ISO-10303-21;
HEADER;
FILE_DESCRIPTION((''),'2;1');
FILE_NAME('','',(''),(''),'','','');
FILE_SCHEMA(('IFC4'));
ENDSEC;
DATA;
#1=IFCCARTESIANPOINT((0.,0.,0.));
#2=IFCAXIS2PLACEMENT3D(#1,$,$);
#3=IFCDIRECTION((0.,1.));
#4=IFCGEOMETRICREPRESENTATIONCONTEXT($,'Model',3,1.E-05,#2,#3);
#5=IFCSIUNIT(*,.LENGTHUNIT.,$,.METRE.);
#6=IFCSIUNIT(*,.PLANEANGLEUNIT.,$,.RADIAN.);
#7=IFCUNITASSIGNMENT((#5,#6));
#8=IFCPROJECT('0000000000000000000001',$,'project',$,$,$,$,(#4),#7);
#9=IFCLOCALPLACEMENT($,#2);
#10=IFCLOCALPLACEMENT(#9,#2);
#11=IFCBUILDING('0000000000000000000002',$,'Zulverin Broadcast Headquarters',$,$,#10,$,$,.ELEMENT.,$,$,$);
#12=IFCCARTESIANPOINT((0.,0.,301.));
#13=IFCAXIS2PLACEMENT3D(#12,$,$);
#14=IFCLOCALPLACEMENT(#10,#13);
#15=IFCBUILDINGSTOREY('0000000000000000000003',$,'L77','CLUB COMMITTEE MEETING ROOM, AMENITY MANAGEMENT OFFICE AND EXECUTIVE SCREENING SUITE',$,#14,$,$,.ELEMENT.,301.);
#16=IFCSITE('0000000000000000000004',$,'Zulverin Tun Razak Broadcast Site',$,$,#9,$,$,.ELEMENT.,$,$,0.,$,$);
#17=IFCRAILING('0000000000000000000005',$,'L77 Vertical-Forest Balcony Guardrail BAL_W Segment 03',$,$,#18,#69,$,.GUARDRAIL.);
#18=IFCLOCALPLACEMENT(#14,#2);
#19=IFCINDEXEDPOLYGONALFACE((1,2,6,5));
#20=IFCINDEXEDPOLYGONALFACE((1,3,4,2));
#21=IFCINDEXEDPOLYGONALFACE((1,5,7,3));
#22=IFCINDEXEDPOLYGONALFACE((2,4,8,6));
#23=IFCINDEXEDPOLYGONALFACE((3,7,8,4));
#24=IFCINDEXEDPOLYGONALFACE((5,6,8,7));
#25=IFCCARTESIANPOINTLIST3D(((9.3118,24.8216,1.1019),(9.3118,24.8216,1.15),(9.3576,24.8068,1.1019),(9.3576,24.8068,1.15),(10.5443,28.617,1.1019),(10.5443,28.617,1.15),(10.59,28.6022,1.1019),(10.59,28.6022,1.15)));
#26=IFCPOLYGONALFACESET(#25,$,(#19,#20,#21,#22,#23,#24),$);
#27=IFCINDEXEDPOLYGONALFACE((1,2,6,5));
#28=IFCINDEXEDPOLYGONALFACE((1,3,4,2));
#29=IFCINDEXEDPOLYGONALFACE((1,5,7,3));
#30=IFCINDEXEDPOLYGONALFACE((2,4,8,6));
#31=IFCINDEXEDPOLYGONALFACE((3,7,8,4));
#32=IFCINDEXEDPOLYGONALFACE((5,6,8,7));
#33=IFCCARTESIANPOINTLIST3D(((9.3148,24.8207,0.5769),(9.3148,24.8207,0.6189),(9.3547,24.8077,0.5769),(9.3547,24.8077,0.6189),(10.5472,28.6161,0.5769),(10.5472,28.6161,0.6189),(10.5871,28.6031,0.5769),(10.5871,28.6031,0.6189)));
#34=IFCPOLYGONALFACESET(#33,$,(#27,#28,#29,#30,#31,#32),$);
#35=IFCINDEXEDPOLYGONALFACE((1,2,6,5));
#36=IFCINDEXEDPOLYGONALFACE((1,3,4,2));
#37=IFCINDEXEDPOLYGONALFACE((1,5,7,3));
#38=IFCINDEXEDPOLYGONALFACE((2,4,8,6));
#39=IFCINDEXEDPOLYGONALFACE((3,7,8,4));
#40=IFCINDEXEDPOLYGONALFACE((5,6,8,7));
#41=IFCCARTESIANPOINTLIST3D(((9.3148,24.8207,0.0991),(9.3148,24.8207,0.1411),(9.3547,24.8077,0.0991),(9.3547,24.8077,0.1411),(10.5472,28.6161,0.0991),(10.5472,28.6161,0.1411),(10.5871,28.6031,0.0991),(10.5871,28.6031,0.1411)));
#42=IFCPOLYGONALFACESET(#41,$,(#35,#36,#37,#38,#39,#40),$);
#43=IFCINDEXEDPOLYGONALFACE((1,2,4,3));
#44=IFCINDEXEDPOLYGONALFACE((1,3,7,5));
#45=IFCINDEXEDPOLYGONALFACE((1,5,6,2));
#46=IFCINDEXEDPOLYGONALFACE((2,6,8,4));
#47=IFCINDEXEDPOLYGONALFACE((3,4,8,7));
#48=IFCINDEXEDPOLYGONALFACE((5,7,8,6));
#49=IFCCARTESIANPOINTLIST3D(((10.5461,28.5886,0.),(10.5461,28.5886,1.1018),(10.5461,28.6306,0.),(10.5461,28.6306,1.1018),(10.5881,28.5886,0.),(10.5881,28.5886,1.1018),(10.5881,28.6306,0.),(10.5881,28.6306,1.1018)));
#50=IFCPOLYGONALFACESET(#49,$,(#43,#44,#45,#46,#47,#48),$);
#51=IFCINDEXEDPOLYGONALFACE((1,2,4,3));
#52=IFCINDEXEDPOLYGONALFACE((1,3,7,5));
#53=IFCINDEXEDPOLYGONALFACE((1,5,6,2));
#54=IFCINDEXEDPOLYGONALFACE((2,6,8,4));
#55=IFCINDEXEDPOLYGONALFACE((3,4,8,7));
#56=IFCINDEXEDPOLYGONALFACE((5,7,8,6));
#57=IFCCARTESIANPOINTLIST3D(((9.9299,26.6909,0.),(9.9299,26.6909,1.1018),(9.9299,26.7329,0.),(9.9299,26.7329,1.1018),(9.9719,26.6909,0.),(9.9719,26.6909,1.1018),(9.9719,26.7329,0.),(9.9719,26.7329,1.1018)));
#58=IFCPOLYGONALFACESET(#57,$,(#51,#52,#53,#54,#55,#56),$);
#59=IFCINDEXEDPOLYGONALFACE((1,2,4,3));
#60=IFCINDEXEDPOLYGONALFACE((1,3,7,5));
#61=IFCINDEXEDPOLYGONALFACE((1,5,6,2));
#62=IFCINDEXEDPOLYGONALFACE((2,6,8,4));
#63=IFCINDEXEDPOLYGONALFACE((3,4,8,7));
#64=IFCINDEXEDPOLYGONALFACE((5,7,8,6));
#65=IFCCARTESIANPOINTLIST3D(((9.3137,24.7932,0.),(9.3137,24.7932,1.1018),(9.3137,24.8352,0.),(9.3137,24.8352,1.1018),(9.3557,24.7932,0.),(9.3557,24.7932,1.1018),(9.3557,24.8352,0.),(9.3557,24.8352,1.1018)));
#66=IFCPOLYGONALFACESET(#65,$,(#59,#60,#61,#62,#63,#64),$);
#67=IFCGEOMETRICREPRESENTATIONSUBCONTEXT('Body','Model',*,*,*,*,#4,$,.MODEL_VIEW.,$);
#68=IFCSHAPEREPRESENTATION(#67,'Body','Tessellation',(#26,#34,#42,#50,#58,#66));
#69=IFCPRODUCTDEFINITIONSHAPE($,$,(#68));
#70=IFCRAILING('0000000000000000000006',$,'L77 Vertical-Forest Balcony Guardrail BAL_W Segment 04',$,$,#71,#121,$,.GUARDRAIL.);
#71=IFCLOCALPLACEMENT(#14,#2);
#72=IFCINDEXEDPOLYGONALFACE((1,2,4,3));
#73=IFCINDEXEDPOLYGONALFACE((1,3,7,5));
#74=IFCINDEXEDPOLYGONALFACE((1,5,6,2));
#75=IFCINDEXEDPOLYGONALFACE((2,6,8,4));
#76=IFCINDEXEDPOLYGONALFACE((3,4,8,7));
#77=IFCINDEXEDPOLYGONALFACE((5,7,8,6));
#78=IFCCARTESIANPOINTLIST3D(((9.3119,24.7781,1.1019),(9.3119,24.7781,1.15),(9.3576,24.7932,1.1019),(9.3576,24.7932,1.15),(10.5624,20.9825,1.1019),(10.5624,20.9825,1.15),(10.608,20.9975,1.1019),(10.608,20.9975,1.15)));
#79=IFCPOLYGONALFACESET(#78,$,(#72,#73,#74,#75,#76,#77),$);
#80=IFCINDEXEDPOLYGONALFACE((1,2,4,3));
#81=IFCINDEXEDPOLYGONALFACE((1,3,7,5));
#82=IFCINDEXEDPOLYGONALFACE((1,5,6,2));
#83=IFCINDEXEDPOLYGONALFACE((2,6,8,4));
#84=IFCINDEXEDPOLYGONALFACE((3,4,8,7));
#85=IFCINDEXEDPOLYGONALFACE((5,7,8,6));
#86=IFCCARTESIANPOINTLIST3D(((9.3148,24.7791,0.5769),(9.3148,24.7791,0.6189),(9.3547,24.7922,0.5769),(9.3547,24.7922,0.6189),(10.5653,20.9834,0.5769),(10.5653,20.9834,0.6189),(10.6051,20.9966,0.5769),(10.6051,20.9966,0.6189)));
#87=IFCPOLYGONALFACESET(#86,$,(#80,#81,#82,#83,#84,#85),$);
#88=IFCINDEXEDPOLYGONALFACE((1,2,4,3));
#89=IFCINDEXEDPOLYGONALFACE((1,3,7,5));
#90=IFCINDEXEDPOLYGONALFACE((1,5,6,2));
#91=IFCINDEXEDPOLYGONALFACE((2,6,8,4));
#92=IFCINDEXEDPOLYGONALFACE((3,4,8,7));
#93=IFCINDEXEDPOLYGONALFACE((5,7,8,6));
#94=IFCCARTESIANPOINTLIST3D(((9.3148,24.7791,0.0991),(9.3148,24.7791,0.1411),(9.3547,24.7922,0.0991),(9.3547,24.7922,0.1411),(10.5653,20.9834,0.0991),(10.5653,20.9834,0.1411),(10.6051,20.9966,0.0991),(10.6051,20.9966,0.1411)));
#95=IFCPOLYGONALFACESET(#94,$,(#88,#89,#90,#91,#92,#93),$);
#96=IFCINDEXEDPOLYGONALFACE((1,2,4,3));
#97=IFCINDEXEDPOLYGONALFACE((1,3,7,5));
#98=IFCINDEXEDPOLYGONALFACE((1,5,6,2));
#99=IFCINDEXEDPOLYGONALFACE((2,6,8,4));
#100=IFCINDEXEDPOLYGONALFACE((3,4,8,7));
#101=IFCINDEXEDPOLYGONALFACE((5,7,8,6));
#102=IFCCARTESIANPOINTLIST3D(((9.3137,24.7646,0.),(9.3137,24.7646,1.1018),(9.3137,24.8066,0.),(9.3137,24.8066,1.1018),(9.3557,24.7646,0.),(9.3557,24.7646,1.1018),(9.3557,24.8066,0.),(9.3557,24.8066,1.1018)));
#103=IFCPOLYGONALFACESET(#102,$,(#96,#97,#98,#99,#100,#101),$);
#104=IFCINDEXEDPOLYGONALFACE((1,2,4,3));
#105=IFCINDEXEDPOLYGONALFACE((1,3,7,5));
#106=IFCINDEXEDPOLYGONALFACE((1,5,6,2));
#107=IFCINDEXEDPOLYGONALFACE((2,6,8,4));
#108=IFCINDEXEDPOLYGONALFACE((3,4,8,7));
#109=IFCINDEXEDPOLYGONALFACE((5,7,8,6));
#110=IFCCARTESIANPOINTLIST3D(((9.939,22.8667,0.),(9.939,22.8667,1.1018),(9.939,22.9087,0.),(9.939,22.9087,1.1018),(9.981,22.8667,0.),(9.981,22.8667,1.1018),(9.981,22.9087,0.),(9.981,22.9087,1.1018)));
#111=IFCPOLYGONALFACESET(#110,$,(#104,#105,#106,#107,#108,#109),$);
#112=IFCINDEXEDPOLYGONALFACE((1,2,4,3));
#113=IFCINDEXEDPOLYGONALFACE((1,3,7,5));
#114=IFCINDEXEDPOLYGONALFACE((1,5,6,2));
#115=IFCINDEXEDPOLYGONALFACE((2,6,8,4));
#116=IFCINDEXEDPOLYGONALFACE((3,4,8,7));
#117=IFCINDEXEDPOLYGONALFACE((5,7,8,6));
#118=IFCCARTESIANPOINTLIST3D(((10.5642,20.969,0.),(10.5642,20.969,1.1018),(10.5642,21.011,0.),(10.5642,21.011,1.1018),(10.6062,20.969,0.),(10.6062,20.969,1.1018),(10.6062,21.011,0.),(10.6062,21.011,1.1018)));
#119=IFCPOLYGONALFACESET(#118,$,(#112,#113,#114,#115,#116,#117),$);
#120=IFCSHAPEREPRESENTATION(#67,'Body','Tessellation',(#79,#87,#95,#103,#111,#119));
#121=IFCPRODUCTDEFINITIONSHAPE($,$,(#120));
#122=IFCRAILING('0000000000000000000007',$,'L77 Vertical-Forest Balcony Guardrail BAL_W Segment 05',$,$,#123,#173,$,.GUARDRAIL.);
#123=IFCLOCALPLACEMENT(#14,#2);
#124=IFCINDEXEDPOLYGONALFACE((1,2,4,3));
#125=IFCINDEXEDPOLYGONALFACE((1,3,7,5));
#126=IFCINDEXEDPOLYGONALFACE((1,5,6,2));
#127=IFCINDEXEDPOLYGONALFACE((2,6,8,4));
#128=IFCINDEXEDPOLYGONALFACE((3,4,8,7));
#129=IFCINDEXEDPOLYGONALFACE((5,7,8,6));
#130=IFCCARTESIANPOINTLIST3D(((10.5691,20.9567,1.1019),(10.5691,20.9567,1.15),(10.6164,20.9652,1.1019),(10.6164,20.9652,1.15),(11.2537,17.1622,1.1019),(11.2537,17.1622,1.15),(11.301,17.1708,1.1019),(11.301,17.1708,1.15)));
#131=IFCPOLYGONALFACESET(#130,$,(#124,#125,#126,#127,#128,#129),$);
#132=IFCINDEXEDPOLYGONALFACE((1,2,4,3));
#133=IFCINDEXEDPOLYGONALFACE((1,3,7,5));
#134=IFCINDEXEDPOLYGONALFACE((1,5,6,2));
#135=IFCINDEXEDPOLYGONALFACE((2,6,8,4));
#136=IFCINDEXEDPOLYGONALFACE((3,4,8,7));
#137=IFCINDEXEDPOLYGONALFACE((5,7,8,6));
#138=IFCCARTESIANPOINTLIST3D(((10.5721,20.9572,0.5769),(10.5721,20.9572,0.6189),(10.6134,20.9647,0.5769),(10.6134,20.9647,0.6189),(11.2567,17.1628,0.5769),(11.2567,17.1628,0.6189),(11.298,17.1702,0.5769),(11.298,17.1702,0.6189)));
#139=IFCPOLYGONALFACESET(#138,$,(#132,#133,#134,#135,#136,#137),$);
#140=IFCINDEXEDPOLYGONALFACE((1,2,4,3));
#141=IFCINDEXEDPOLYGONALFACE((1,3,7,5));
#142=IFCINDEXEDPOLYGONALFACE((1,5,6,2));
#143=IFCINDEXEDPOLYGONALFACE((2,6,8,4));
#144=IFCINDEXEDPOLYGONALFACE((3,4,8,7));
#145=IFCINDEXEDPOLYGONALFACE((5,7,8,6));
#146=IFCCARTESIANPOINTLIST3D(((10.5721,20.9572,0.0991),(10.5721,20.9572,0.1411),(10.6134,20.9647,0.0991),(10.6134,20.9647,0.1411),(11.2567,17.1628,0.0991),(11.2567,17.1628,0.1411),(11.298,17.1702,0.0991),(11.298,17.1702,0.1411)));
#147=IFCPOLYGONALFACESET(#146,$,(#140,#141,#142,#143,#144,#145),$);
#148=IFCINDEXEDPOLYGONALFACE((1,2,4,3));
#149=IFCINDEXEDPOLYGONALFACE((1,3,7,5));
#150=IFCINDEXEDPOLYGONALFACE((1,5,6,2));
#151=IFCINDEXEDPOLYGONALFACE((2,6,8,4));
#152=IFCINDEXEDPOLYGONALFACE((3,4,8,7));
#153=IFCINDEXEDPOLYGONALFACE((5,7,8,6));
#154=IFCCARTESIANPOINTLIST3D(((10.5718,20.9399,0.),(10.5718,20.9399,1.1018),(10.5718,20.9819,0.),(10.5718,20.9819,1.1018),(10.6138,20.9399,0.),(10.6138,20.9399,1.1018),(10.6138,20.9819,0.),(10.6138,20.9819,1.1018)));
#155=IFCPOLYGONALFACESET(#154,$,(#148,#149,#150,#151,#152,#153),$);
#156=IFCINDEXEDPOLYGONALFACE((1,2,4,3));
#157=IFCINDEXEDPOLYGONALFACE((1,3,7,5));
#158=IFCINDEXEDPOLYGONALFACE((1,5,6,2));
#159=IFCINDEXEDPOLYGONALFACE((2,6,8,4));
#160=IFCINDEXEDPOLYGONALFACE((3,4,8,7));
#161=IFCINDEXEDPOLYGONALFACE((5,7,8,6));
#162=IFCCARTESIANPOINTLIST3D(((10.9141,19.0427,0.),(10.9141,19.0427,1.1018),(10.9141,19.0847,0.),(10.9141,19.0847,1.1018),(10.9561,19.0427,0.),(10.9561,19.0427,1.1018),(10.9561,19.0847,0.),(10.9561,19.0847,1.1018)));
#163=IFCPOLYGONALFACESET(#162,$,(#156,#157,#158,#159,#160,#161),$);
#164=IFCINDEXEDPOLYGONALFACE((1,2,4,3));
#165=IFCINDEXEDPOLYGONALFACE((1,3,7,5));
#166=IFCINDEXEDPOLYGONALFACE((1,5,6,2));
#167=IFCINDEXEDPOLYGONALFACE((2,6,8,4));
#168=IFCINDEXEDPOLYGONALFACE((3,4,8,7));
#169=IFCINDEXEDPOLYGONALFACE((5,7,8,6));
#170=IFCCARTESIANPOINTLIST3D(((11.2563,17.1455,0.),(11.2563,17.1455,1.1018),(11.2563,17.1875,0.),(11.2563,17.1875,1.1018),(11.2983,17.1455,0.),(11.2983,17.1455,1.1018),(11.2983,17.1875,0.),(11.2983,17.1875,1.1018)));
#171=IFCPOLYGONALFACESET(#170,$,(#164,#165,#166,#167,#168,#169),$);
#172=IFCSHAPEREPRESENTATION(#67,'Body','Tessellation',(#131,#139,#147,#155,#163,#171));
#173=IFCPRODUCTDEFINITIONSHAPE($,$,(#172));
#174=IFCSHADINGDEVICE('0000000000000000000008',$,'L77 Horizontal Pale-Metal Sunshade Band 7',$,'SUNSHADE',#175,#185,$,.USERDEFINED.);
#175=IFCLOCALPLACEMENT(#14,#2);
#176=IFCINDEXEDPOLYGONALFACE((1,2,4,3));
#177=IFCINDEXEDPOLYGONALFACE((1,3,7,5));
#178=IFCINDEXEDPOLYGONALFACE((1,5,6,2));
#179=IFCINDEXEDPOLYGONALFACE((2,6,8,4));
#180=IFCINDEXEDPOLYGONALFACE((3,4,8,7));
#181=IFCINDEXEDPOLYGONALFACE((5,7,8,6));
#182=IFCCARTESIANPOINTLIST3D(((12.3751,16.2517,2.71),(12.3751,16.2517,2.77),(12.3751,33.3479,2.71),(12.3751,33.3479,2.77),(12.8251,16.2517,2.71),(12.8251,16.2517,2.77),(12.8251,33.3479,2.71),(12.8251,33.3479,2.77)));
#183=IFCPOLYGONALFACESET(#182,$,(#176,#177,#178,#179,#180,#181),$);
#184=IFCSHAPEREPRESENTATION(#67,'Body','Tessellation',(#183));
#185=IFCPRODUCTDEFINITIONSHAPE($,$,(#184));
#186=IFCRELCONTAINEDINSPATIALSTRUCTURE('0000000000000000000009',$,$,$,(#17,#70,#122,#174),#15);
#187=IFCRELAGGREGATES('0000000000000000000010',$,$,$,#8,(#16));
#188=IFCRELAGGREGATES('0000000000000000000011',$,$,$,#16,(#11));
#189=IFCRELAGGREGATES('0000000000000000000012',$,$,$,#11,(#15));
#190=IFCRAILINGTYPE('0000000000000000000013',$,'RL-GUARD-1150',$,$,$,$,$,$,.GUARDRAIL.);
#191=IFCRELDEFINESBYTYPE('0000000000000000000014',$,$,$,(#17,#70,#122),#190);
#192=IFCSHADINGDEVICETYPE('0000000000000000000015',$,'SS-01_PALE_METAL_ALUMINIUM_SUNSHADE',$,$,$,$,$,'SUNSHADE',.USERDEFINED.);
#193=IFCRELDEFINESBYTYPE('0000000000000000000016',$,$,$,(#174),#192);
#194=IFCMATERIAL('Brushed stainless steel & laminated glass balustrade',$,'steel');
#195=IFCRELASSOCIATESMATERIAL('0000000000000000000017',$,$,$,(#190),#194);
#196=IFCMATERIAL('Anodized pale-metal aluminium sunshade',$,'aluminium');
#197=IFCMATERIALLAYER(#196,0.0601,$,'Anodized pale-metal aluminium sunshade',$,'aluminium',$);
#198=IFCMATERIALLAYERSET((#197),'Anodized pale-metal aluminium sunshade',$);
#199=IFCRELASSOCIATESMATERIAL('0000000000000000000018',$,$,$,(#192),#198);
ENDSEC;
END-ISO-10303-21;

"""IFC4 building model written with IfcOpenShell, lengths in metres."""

from ifc_helpers import new_model, si_unit, direction, frame, origin, origin_2d, place, context, subcontext, project, spatial, rectangle, extrude, material, layer, layer_set, type_object, element, save


model = new_model("IFC4")

# Units and contexts
model_context = context("Model", 3, precision=1e-05, world=origin(), true_north=direction((0.0, 1.0)))
body_context = subcontext(model_context, "Body", "Model", "MODEL_VIEW")
ifc_project = project(units=[si_unit("LENGTHUNIT", "METRE"), si_unit("PLANEANGLEUNIT", "RADIAN")], contexts=[model_context])

# Site, building, storey
site_placement = place(None, origin())
site = spatial("IfcSite", under=ifc_project, at=site_placement, Name="Zulverin Tun Razak Broadcast Site", CompositionType="ELEMENT", RefElevation=0.0)
building_placement = place(site_placement, origin())
building = spatial("IfcBuilding", under=site, at=building_placement, Name="Zulverin Broadcast Headquarters", CompositionType="ELEMENT")
storey_placement = place(building_placement, frame((0.0, 0.0, 301.0)))
storey = spatial("IfcBuildingStorey", under=building, at=storey_placement, Name="L77", Description="CLUB COMMITTEE MEETING ROOM, AMENITY MANAGEMENT OFFICE AND EXECUTIVE SCREENING SUITE", CompositionType="ELEMENT", Elevation=301.0)

# Railings
ifc_material_1 = material(Name="Brushed stainless steel & laminated glass balustrade", Category="steel")
railing_type = type_object("IfcRailingType", Name="RL-GUARD-1150", PredefinedType="GUARDRAIL", material=ifc_material_1)
railing_1_placement = place(storey_placement, frame((10.5671, 28.6096, 0.0)))
element("IfcRailing", 1, at=railing_1_placement, inside=storey, type_object=railing_type, Name="L77 Vertical-Forest Balcony Guardrail BAL_W Segment 03", PredefinedType="GUARDRAIL", context=body_context, shape_type="SweptSolid", body=[
    extrude(rectangle(XDim=0.0481, YDim=0.0481, at=origin_2d()), frame((0.0, 0.0, 1.126), z_axis=(-0.30884, -0.951114, 0.0), x_axis=(0.951114, -0.30884, 0.0)), (0.0, 0.0, 1.0), 3.9905),
    extrude(rectangle(XDim=0.042, YDim=0.042, at=origin_2d()), frame((0.0, 0.0, 0.5979), z_axis=(-0.30884, -0.951114, 0.0), x_axis=(0.951114, -0.30884, 0.0)), (0.0, 0.0, 1.0), 3.9905),
    extrude(rectangle(XDim=0.042, YDim=0.042, at=origin_2d()), frame((0.0, 0.0, 0.1201), z_axis=(-0.30884, -0.951114, 0.0), x_axis=(0.951114, -0.30884, 0.0)), (0.0, 0.0, 1.0), 3.9905),
    extrude(rectangle(XDim=0.042, YDim=0.042, at=origin_2d()), origin(), (0.0, 0.0, 1.0), 1.1018),
    extrude(rectangle(XDim=0.042, YDim=0.042, at=origin_2d()), frame((-0.6162, -1.8977, 0.0)), (0.0, 0.0, 1.0), 1.1018),
    extrude(rectangle(XDim=0.042, YDim=0.042, at=origin_2d()), frame((-1.2324, -3.7954, 0.0)), (0.0, 0.0, 1.0), 1.1018),
])
railing_2_placement = place(storey_placement, frame((9.3347, 24.7856, 0.0)))
element("IfcRailing", 2, at=railing_2_placement, inside=storey, type_object=railing_type, Name="L77 Vertical-Forest Balcony Guardrail BAL_W Segment 04", PredefinedType="GUARDRAIL", context=body_context, shape_type="SweptSolid", body=[
    extrude(rectangle(XDim=0.0481, YDim=0.0481, at=origin_2d()), frame((0.0, 0.0, 1.126), z_axis=(0.312909, -0.949783, 0.0), x_axis=(0.949783, 0.312909, 0.0)), (0.0, 0.0, 1.0), 3.9963),
    extrude(rectangle(XDim=0.042, YDim=0.042, at=origin_2d()), frame((0.0, 0.0, 0.5979), z_axis=(0.312909, -0.949783, 0.0), x_axis=(0.949783, 0.312909, 0.0)), (0.0, 0.0, 1.0), 3.9963),
    extrude(rectangle(XDim=0.042, YDim=0.042, at=origin_2d()), frame((0.0, 0.0, 0.1201), z_axis=(0.312909, -0.949783, 0.0), x_axis=(0.949783, 0.312909, 0.0)), (0.0, 0.0, 1.0), 3.9963),
    extrude(rectangle(XDim=0.042, YDim=0.042, at=origin_2d()), origin(), (0.0, 0.0, 1.0), 1.1018),
    extrude(rectangle(XDim=0.042, YDim=0.042, at=origin_2d()), frame((0.6252, -1.8979, 0.0)), (0.0, 0.0, 1.0), 1.1018),
    extrude(rectangle(XDim=0.042, YDim=0.042, at=origin_2d()), frame((1.2505, -3.7957, 0.0)), (0.0, 0.0, 1.0), 1.1018),
])
railing_3_placement = place(storey_placement, frame((10.5928, 20.9609, 0.0)))
element("IfcRailing", 3, at=railing_3_placement, inside=storey, type_object=railing_type, Name="L77 Vertical-Forest Balcony Guardrail BAL_W Segment 05", PredefinedType="GUARDRAIL", context=body_context, shape_type="SweptSolid", body=[
    extrude(rectangle(XDim=0.0481, YDim=0.0481, at=origin_2d()), frame((0.0, 0.0, 1.126), z_axis=(0.177548, -0.984112, 0.0), x_axis=(0.984112, 0.177548, 0.0)), (0.0, 0.0, 1.0), 3.8557),
    extrude(rectangle(XDim=0.042, YDim=0.042, at=origin_2d()), frame((0.0, 0.0, 0.5979), z_axis=(0.177548, -0.984112, 0.0), x_axis=(0.984112, 0.177548, 0.0)), (0.0, 0.0, 1.0), 3.8557),
    extrude(rectangle(XDim=0.042, YDim=0.042, at=origin_2d()), frame((0.0, 0.0, 0.1201), z_axis=(0.177548, -0.984112, 0.0), x_axis=(0.984112, 0.177548, 0.0)), (0.0, 0.0, 1.0), 3.8557),
    extrude(rectangle(XDim=0.042, YDim=0.042, at=origin_2d()), origin(), (0.0, 0.0, 1.0), 1.1018),
    extrude(rectangle(XDim=0.042, YDim=0.042, at=origin_2d()), frame((0.3423, -1.8972, 0.0)), (0.0, 0.0, 1.0), 1.1018),
    extrude(rectangle(XDim=0.042, YDim=0.042, at=origin_2d()), frame((0.6846, -3.7944, 0.0)), (0.0, 0.0, 1.0), 1.1018),
])

# Shading device
ifc_material_2 = material(Name="Anodized pale-metal aluminium sunshade", Category="aluminium")
ifc_layer_1 = layer(ifc_material_2, 0.0601, Name="Anodized pale-metal aluminium sunshade", Category="aluminium")
ifc_layer_set_1 = layer_set([ifc_layer_1], Name="Anodized pale-metal aluminium sunshade")
shading_device_type = type_object("IfcShadingDeviceType", Name="SS-01_PALE_METAL_ALUMINIUM_SUNSHADE", ElementType="SUNSHADE", PredefinedType="USERDEFINED", material=ifc_layer_set_1)
shading_device_placement = place(storey_placement, frame((12.6001, 24.7998, 2.71), z_axis=(0.0, 0.0, 1.0), x_axis=(0.0, -1.0, 0.0)))
element("IfcShadingDevice", 4, at=shading_device_placement, inside=storey, type_object=shading_device_type, Name="L77 Horizontal Pale-Metal Sunshade Band 7", ObjectType="SUNSHADE", PredefinedType="USERDEFINED", context=body_context, shape_type="SweptSolid", body=[
    extrude(rectangle(XDim=17.0962, YDim=0.45, at=origin_2d()), origin(), (0.0, 0.0, 1.0), 0.0601),
])

save(model, "model.ifc")
